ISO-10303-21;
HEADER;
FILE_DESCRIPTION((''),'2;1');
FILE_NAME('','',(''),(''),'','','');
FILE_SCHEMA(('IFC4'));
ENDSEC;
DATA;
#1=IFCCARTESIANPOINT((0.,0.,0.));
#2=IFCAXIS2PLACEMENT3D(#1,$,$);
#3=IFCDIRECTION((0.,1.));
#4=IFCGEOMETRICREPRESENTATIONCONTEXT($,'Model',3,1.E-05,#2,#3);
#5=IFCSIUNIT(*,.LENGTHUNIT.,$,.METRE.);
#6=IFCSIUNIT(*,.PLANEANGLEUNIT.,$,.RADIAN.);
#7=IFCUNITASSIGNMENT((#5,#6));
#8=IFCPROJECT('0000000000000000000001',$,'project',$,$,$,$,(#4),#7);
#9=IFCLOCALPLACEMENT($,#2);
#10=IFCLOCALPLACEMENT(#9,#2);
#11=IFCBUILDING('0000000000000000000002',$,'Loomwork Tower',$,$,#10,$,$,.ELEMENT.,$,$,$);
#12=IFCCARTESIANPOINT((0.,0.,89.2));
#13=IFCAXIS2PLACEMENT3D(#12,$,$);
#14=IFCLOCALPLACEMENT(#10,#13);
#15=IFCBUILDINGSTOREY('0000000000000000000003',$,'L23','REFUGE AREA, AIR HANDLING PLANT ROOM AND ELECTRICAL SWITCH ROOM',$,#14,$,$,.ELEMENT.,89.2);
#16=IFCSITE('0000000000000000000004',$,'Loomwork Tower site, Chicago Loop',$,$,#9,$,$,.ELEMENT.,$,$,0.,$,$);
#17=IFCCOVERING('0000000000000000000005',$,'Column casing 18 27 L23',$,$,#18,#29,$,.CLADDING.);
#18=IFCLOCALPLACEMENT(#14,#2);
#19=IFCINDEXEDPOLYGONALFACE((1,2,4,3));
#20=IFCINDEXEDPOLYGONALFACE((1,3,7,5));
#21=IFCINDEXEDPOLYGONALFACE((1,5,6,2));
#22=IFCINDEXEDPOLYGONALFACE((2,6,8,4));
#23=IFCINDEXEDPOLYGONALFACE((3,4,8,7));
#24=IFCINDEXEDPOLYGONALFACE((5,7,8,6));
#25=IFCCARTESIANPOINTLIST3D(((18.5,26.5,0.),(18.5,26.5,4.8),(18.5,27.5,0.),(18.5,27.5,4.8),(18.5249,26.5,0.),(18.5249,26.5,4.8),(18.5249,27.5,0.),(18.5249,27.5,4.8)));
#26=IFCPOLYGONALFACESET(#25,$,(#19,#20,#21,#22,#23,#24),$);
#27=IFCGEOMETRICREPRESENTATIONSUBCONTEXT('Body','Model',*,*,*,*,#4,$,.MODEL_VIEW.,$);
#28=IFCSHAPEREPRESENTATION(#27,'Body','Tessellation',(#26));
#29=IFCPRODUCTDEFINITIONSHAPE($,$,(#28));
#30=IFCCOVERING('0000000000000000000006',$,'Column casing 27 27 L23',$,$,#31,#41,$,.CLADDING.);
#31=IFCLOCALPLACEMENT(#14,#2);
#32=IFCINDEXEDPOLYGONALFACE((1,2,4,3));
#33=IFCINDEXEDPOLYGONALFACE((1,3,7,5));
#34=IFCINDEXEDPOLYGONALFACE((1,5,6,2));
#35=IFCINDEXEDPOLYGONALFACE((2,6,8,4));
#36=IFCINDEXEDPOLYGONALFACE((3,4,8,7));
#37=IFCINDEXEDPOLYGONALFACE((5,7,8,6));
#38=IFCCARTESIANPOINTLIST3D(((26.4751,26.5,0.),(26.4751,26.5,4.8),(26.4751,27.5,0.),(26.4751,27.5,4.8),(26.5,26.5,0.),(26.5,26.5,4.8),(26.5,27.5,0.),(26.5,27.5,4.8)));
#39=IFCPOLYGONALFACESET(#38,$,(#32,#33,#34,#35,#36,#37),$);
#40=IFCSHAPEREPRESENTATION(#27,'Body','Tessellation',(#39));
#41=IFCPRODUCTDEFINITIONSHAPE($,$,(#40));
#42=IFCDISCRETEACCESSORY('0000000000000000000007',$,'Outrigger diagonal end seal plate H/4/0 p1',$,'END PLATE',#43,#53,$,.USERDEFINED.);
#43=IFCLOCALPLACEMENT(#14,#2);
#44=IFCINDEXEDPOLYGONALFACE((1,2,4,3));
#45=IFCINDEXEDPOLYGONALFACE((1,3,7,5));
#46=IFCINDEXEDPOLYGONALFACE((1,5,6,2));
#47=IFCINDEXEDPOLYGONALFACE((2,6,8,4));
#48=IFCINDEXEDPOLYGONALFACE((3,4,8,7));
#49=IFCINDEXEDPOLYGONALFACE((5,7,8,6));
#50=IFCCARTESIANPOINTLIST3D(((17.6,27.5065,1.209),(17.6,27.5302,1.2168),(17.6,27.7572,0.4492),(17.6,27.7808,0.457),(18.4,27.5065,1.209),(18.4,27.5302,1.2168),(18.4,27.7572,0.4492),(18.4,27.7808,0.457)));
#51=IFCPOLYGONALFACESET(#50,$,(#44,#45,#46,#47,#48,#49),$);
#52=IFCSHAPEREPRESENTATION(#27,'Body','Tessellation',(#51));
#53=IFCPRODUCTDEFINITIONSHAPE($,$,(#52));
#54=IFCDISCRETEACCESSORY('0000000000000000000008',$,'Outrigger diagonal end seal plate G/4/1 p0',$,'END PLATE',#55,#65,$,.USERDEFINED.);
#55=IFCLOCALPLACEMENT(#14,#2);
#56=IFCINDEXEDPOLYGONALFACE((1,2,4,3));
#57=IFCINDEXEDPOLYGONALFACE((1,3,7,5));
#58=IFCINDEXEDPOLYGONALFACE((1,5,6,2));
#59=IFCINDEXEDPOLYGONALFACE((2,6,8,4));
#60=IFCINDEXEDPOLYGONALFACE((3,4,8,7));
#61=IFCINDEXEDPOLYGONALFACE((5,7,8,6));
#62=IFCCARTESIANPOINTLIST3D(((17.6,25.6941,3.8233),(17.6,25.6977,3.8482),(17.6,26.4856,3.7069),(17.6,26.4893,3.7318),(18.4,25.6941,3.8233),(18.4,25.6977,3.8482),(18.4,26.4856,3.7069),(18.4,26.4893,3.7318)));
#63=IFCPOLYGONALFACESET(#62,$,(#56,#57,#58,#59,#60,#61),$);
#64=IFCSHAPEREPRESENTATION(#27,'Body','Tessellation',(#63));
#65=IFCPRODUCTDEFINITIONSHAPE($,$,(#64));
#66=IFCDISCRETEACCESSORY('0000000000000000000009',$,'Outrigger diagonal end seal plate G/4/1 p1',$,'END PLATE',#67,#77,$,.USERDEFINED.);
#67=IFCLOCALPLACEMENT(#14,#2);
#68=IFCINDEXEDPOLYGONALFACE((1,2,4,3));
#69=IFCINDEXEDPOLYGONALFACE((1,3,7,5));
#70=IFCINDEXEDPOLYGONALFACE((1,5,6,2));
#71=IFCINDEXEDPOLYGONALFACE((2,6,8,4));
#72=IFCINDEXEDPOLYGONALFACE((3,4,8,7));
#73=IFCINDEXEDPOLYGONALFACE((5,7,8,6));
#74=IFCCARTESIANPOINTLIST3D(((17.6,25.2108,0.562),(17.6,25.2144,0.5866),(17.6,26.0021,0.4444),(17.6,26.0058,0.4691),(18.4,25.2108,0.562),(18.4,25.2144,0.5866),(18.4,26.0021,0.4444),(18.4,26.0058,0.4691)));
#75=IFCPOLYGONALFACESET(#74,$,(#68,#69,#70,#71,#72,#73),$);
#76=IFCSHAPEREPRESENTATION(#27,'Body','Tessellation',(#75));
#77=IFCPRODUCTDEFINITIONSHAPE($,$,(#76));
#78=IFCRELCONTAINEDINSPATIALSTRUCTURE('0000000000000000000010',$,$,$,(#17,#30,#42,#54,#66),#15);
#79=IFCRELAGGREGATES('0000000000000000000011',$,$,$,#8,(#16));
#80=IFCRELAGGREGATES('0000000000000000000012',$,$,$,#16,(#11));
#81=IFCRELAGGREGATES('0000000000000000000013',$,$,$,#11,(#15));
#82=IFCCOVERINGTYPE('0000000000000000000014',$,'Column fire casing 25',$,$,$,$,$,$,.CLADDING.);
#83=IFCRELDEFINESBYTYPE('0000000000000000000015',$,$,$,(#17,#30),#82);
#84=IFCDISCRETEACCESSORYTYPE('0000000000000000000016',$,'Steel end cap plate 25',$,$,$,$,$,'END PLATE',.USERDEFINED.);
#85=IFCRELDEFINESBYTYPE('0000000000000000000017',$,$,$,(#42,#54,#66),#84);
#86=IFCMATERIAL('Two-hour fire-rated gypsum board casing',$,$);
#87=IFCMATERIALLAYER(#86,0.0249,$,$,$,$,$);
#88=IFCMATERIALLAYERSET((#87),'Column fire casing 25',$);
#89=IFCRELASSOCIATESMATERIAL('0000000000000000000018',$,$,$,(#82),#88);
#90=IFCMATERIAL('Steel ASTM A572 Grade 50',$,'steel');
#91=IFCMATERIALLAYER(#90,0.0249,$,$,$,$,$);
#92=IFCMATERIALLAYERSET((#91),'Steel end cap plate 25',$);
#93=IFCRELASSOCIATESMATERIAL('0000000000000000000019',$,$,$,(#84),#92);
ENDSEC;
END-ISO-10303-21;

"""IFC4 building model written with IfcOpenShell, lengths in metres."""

from ifc_helpers import new_model, si_unit, direction, frame, origin, origin_2d, place, context, subcontext, project, spatial, rectangle, extrude, material, layer, layer_set, type_object, element, save


model = new_model("IFC4")

# Units and contexts
model_context = context("Model", 3, precision=1e-05, world=origin(), true_north=direction((0.0, 1.0)))
body_context = subcontext(model_context, "Body", "Model", "MODEL_VIEW")
ifc_project = project(units=[si_unit("LENGTHUNIT", "METRE"), si_unit("PLANEANGLEUNIT", "RADIAN")], contexts=[model_context])

# Site, building, storey
site_placement = place(None, origin())
site = spatial("IfcSite", under=ifc_project, at=site_placement, Name="Loomwork Tower site, Chicago Loop", CompositionType="ELEMENT", RefElevation=0.0)
building_placement = place(site_placement, origin())
building = spatial("IfcBuilding", under=site, at=building_placement, Name="Loomwork Tower", CompositionType="ELEMENT")
storey_placement = place(building_placement, frame((0.0, 0.0, 89.2)))
storey = spatial("IfcBuildingStorey", under=building, at=storey_placement, Name="L23", Description="REFUGE AREA, AIR HANDLING PLANT ROOM AND ELECTRICAL SWITCH ROOM", CompositionType="ELEMENT", Elevation=89.2)

# Coverings
ifc_material_1 = material(Name="Two-hour fire-rated gypsum board casing")
ifc_layer_1 = layer(ifc_material_1, 0.0249)
ifc_layer_set_1 = layer_set([ifc_layer_1], Name="Column fire casing 25")
covering_type = type_object("IfcCoveringType", Name="Column fire casing 25", PredefinedType="CLADDING", material=ifc_layer_set_1)
for number, where, z_axis, x_axis, name in (
    (1, (18.5125, 27.0, 0.0), (0.0, 0.0, 1.0), (1.0, 0.0, 0.0), "Column casing 18 27 L23"),
    (2, (26.4875, 27.0, 0.0), (0.0, 0.0, 1.0), (1.0, 0.0, 0.0), "Column casing 27 27 L23"),
):
    element("IfcCovering", number, at=place(storey_placement, frame(where, z_axis=z_axis, x_axis=x_axis)), inside=storey, type_object=covering_type, Name=name, PredefinedType="CLADDING", context=body_context, shape_type="SweptSolid", body=[
        extrude(rectangle(XDim=0.0249, YDim=1.0, at=origin_2d()), origin(), (0.0, 0.0, 1.0), 4.8),
    ])

# Discrete accessories
ifc_material_2 = material(Name="Steel ASTM A572 Grade 50", Category="steel")
ifc_layer_2 = layer(ifc_material_2, 0.0249)
ifc_layer_set_2 = layer_set([ifc_layer_2], Name="Steel end cap plate 25")
discrete_accessory_type = type_object("IfcDiscreteAccessoryType", Name="Steel end cap plate 25", ElementType="END PLATE", PredefinedType="USERDEFINED", material=ifc_layer_set_2)
discrete_accessory_1_placement = place(storey_placement, frame((18.0, 27.6555, 0.8369), z_axis=(0.0, -0.949658, -0.313289), x_axis=(1.0, 0.0, 0.0)))
element("IfcDiscreteAccessory", 3, at=discrete_accessory_1_placement, inside=storey, type_object=discrete_accessory_type, Name="Outrigger diagonal end seal plate H/4/0 p1", ObjectType="END PLATE", PredefinedType="USERDEFINED", context=body_context, shape_type="SweptSolid", body=[
    extrude(rectangle(XDim=0.8, YDim=0.8, at=origin_2d()), origin(), (0.0, 0.0, 1.0), 0.0249),
])
discrete_accessory_2_placement = place(storey_placement, frame((18.0, 26.0898, 3.7651), z_axis=(0.0, 0.145494, 0.989359), x_axis=(-1.0, 0.0, 0.0)))
element("IfcDiscreteAccessory", 4, at=discrete_accessory_2_placement, inside=storey, type_object=discrete_accessory_type, Name="Outrigger diagonal end seal plate G/4/1 p0", ObjectType="END PLATE", PredefinedType="USERDEFINED", context=body_context, shape_type="SweptSolid", body=[
    extrude(rectangle(XDim=0.8, YDim=0.8, at=origin_2d()), origin(), (0.0, 0.0, 1.0), 0.0251),
])
discrete_accessory_3_placement = place(storey_placement, frame((18.0, 25.6101, 0.5278), z_axis=(0.0, -0.146904, -0.989151), x_axis=(1.0, 0.0, 0.0)))
element("IfcDiscreteAccessory", 5, at=discrete_accessory_3_placement, inside=storey, type_object=discrete_accessory_type, Name="Outrigger diagonal end seal plate G/4/1 p1", ObjectType="END PLATE", PredefinedType="USERDEFINED", context=body_context, shape_type="SweptSolid", body=[
    extrude(rectangle(XDim=0.8, YDim=0.8, at=origin_2d()), origin(), (0.0, 0.0, 1.0), 0.0249),
])

save(model, "model.ifc")
